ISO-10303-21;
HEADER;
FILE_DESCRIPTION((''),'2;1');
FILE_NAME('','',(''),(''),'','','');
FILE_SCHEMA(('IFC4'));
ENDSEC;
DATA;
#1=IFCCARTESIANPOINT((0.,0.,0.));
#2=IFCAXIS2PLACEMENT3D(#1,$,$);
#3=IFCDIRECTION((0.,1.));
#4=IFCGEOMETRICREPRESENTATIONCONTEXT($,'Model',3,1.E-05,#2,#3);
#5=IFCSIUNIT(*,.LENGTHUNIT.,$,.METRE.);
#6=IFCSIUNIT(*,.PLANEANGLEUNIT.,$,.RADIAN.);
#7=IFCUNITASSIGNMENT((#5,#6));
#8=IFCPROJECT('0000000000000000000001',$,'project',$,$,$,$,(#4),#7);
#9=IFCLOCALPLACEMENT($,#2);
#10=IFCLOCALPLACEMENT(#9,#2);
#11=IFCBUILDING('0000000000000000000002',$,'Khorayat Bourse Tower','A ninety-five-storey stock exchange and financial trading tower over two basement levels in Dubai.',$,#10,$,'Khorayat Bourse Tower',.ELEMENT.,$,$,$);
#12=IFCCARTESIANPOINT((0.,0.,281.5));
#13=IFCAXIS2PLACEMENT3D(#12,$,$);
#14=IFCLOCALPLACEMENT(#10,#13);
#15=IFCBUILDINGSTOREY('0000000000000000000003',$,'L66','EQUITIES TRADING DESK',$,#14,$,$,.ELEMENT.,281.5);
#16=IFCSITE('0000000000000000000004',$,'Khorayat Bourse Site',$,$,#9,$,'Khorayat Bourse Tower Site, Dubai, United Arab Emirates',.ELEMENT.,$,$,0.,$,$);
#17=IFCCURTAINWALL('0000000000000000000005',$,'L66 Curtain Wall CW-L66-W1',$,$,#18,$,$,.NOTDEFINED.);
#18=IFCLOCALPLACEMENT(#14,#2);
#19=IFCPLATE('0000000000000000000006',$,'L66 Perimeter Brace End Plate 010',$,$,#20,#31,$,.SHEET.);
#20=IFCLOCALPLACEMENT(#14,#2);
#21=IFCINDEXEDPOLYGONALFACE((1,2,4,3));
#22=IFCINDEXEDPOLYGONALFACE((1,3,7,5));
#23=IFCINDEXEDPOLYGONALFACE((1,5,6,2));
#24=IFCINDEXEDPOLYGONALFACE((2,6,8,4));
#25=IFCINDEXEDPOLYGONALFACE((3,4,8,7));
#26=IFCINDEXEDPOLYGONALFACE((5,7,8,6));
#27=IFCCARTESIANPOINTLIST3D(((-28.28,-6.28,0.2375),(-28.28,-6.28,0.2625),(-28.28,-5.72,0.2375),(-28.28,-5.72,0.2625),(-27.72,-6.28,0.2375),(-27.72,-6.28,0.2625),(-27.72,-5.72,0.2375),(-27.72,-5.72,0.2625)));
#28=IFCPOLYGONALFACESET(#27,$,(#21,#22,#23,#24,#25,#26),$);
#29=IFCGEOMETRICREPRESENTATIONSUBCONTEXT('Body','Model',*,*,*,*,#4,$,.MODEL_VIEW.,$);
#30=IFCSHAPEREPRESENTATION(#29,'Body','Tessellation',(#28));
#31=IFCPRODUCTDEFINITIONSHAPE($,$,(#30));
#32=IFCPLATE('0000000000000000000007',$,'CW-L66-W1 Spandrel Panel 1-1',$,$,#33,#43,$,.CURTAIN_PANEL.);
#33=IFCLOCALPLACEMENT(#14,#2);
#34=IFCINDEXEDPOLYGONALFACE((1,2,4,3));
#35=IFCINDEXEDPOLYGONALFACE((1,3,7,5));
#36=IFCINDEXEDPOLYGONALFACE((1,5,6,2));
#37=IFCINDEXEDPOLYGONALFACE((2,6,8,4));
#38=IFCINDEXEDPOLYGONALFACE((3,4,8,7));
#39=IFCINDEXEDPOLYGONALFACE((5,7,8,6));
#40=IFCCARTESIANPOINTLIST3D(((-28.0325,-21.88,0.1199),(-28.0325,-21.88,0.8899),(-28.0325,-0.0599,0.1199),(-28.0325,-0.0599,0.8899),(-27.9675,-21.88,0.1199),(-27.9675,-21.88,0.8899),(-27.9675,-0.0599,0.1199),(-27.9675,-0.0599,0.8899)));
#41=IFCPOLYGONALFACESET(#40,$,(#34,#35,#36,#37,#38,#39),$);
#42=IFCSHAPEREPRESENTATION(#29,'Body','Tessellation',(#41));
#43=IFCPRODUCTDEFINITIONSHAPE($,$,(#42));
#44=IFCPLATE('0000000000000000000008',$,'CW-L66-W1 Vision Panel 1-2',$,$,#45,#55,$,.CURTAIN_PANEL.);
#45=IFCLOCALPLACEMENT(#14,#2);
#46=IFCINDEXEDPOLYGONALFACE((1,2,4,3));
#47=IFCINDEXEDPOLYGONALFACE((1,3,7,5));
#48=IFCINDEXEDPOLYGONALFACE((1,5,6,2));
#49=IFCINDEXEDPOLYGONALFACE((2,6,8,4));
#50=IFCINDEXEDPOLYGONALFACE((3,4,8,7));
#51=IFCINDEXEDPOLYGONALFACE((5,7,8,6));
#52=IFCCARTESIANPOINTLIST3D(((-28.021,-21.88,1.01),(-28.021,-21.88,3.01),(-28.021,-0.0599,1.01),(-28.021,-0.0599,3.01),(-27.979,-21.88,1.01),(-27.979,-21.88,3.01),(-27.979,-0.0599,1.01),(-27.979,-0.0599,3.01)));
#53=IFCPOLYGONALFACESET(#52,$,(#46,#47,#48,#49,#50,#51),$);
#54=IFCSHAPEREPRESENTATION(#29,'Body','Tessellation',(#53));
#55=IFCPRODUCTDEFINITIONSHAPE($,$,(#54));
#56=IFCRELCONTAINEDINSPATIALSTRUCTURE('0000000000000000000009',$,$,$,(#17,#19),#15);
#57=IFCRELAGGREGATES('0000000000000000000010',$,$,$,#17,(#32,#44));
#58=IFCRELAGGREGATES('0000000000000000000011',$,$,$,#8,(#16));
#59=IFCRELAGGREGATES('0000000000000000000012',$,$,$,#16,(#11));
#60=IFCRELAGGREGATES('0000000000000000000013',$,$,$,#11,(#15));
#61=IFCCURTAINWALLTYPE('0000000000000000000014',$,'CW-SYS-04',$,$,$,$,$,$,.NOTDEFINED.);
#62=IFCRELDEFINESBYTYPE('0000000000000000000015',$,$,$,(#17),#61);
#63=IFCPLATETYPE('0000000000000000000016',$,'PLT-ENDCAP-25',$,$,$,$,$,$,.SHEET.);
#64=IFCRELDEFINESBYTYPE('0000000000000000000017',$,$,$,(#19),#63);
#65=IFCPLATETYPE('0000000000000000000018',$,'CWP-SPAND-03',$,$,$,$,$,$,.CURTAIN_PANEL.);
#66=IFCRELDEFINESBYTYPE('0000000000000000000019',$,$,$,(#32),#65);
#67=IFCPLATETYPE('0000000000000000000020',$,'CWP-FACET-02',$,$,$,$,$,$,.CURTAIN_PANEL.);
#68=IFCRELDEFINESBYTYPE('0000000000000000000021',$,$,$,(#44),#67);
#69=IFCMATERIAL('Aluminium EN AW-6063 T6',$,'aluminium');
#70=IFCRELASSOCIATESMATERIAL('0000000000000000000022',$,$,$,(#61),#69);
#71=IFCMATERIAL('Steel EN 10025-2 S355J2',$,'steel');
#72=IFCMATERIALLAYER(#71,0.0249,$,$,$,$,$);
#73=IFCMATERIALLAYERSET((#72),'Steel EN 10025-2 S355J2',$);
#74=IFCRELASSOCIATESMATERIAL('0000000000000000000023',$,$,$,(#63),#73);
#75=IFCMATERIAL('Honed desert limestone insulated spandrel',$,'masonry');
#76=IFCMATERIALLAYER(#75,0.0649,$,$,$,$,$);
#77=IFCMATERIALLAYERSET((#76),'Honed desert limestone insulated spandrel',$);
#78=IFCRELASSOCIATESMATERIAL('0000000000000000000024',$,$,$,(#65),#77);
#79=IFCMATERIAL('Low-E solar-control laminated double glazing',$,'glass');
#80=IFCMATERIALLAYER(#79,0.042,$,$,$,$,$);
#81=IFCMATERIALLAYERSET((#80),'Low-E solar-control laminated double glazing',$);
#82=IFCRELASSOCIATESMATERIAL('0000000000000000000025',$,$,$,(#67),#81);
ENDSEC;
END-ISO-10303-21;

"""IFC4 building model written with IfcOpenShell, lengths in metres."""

from ifc_helpers import new_model, si_unit, direction, frame, origin, origin_2d, place, context, subcontext, project, spatial, rectangle, extrude, source, transform, mapped, material, layer, layer_set, type_object, element, aggregate, save


model = new_model("IFC4")

# Units and contexts
model_context = context("Model", 3, precision=1e-05, world=origin(), true_north=direction((0.0, 1.0)))
body_context = subcontext(model_context, "Body", "Model", "MODEL_VIEW")
ifc_project = project(units=[si_unit("LENGTHUNIT", "METRE"), si_unit("PLANEANGLEUNIT", "RADIAN")], contexts=[model_context])

# Site, building, storey
site_placement = place(None, origin())
site = spatial("IfcSite", under=ifc_project, at=site_placement, Name="Khorayat Bourse Site", LongName="Khorayat Bourse Tower Site, Dubai, United Arab Emirates", CompositionType="ELEMENT", RefElevation=0.0)
building_placement = place(site_placement, origin())
building = spatial("IfcBuilding", under=site, at=building_placement, Name="Khorayat Bourse Tower", Description="A ninety-five-storey stock exchange and financial trading tower over two basement levels in Dubai.", LongName="Khorayat Bourse Tower", CompositionType="ELEMENT")
storey_placement = place(building_placement, frame((0.0, 0.0, 281.5)))
storey = spatial("IfcBuildingStorey", under=building, at=storey_placement, Name="L66", Description="EQUITIES TRADING DESK", CompositionType="ELEMENT", Elevation=281.5)

# Curtain wall
ifc_material_1 = material(Name="Aluminium EN AW-6063 T6", Category="aluminium")
curtain_wall_type = type_object("IfcCurtainWallType", Name="CW-SYS-04", PredefinedType="NOTDEFINED", material=ifc_material_1)
curtain_wall_placement = place(storey_placement, origin())
curtain_wall = element("IfcCurtainWall", 1, at=curtain_wall_placement, inside=storey, type_object=curtain_wall_type, Name="L66 Curtain Wall CW-L66-W1", PredefinedType="NOTDEFINED")

# Plate
ifc_material_2 = material(Name="Steel EN 10025-2 S355J2", Category="steel")
ifc_layer_1 = layer(ifc_material_2, 0.0249)
ifc_layer_set_1 = layer_set([ifc_layer_1], Name="Steel EN 10025-2 S355J2")
plate_type_1 = type_object("IfcPlateType", Name="PLT-ENDCAP-25", PredefinedType="SHEET", material=ifc_layer_set_1)
shared_shape_1 = source(origin(), body_context, "Body", "SweptSolid", [
    extrude(rectangle(XDim=0.5601, YDim=0.5601, at=origin_2d()), origin(), (0.0, 0.0, 1.0), 0.0249),
])
for number, where, z_axis, x_axis, name in (
    (2, (-28.0, -6.0, 0.2375), (0.0, 0.0, 1.0), (1.0, 0.0, 0.0), "L66 Perimeter Brace End Plate 010"),
):
    element("IfcPlate", number, at=place(storey_placement, frame(where, z_axis=z_axis, x_axis=x_axis)), inside=storey, type_object=plate_type_1, Name=name, PredefinedType="SHEET", context=body_context, shape_type="MappedRepresentation", body=[
        mapped(shared_shape_1, transform((0.0, 0.0, 0.0), scale=1.0)),
    ])

# Plates
ifc_material_3 = material(Name="Honed desert limestone insulated spandrel", Category="masonry")
ifc_layer_2 = layer(ifc_material_3, 0.0649)
ifc_layer_set_2 = layer_set([ifc_layer_2], Name="Honed desert limestone insulated spandrel")
plate_type_2 = type_object("IfcPlateType", Name="CWP-SPAND-03", PredefinedType="CURTAIN_PANEL", material=ifc_layer_set_2)
shared_shape_2 = source(origin(), body_context, "Body", "SweptSolid", [
    extrude(rectangle(XDim=21.8201, YDim=0.0649, at=origin_2d()), origin(), (0.0, 0.0, 1.0), 0.77),
])
plate_1_placement = place(storey_placement, frame((-28.0, -10.97, 0.1199), z_axis=(0.0, 0.0, 1.0), x_axis=(0.0, 1.0, 0.0)))
plate_1 = element("IfcPlate", 3, at=plate_1_placement, type_object=plate_type_2, Name="CW-L66-W1 Spandrel Panel 1-1", PredefinedType="CURTAIN_PANEL", context=body_context, shape_type="MappedRepresentation", body=[
    mapped(shared_shape_2, transform((0.0, 0.0, 0.0), scale=1.0)),
])
ifc_material_4 = material(Name="Low-E solar-control laminated double glazing", Category="glass")
ifc_layer_3 = layer(ifc_material_4, 0.042)
ifc_layer_set_3 = layer_set([ifc_layer_3], Name="Low-E solar-control laminated double glazing")
plate_type_3 = type_object("IfcPlateType", Name="CWP-FACET-02", PredefinedType="CURTAIN_PANEL", material=ifc_layer_set_3)
shared_shape_3 = source(origin(), body_context, "Body", "SweptSolid", [
    extrude(rectangle(XDim=21.8201, YDim=0.042, at=origin_2d()), origin(), (0.0, 0.0, 1.0), 2.0),
])
plate_2_placement = place(storey_placement, frame((-28.0, -10.97, 1.01), z_axis=(0.0, 0.0, 1.0), x_axis=(0.0, 1.0, 0.0)))
plate_2 = element("IfcPlate", 4, at=plate_2_placement, type_object=plate_type_3, Name="CW-L66-W1 Vision Panel 1-2", PredefinedType="CURTAIN_PANEL", context=body_context, shape_type="MappedRepresentation", body=[
    mapped(shared_shape_3, transform((0.0, 0.0, 0.0), scale=1.0)),
])
aggregate(curtain_wall, [plate_1, plate_2])

save(model, "model.ifc")
